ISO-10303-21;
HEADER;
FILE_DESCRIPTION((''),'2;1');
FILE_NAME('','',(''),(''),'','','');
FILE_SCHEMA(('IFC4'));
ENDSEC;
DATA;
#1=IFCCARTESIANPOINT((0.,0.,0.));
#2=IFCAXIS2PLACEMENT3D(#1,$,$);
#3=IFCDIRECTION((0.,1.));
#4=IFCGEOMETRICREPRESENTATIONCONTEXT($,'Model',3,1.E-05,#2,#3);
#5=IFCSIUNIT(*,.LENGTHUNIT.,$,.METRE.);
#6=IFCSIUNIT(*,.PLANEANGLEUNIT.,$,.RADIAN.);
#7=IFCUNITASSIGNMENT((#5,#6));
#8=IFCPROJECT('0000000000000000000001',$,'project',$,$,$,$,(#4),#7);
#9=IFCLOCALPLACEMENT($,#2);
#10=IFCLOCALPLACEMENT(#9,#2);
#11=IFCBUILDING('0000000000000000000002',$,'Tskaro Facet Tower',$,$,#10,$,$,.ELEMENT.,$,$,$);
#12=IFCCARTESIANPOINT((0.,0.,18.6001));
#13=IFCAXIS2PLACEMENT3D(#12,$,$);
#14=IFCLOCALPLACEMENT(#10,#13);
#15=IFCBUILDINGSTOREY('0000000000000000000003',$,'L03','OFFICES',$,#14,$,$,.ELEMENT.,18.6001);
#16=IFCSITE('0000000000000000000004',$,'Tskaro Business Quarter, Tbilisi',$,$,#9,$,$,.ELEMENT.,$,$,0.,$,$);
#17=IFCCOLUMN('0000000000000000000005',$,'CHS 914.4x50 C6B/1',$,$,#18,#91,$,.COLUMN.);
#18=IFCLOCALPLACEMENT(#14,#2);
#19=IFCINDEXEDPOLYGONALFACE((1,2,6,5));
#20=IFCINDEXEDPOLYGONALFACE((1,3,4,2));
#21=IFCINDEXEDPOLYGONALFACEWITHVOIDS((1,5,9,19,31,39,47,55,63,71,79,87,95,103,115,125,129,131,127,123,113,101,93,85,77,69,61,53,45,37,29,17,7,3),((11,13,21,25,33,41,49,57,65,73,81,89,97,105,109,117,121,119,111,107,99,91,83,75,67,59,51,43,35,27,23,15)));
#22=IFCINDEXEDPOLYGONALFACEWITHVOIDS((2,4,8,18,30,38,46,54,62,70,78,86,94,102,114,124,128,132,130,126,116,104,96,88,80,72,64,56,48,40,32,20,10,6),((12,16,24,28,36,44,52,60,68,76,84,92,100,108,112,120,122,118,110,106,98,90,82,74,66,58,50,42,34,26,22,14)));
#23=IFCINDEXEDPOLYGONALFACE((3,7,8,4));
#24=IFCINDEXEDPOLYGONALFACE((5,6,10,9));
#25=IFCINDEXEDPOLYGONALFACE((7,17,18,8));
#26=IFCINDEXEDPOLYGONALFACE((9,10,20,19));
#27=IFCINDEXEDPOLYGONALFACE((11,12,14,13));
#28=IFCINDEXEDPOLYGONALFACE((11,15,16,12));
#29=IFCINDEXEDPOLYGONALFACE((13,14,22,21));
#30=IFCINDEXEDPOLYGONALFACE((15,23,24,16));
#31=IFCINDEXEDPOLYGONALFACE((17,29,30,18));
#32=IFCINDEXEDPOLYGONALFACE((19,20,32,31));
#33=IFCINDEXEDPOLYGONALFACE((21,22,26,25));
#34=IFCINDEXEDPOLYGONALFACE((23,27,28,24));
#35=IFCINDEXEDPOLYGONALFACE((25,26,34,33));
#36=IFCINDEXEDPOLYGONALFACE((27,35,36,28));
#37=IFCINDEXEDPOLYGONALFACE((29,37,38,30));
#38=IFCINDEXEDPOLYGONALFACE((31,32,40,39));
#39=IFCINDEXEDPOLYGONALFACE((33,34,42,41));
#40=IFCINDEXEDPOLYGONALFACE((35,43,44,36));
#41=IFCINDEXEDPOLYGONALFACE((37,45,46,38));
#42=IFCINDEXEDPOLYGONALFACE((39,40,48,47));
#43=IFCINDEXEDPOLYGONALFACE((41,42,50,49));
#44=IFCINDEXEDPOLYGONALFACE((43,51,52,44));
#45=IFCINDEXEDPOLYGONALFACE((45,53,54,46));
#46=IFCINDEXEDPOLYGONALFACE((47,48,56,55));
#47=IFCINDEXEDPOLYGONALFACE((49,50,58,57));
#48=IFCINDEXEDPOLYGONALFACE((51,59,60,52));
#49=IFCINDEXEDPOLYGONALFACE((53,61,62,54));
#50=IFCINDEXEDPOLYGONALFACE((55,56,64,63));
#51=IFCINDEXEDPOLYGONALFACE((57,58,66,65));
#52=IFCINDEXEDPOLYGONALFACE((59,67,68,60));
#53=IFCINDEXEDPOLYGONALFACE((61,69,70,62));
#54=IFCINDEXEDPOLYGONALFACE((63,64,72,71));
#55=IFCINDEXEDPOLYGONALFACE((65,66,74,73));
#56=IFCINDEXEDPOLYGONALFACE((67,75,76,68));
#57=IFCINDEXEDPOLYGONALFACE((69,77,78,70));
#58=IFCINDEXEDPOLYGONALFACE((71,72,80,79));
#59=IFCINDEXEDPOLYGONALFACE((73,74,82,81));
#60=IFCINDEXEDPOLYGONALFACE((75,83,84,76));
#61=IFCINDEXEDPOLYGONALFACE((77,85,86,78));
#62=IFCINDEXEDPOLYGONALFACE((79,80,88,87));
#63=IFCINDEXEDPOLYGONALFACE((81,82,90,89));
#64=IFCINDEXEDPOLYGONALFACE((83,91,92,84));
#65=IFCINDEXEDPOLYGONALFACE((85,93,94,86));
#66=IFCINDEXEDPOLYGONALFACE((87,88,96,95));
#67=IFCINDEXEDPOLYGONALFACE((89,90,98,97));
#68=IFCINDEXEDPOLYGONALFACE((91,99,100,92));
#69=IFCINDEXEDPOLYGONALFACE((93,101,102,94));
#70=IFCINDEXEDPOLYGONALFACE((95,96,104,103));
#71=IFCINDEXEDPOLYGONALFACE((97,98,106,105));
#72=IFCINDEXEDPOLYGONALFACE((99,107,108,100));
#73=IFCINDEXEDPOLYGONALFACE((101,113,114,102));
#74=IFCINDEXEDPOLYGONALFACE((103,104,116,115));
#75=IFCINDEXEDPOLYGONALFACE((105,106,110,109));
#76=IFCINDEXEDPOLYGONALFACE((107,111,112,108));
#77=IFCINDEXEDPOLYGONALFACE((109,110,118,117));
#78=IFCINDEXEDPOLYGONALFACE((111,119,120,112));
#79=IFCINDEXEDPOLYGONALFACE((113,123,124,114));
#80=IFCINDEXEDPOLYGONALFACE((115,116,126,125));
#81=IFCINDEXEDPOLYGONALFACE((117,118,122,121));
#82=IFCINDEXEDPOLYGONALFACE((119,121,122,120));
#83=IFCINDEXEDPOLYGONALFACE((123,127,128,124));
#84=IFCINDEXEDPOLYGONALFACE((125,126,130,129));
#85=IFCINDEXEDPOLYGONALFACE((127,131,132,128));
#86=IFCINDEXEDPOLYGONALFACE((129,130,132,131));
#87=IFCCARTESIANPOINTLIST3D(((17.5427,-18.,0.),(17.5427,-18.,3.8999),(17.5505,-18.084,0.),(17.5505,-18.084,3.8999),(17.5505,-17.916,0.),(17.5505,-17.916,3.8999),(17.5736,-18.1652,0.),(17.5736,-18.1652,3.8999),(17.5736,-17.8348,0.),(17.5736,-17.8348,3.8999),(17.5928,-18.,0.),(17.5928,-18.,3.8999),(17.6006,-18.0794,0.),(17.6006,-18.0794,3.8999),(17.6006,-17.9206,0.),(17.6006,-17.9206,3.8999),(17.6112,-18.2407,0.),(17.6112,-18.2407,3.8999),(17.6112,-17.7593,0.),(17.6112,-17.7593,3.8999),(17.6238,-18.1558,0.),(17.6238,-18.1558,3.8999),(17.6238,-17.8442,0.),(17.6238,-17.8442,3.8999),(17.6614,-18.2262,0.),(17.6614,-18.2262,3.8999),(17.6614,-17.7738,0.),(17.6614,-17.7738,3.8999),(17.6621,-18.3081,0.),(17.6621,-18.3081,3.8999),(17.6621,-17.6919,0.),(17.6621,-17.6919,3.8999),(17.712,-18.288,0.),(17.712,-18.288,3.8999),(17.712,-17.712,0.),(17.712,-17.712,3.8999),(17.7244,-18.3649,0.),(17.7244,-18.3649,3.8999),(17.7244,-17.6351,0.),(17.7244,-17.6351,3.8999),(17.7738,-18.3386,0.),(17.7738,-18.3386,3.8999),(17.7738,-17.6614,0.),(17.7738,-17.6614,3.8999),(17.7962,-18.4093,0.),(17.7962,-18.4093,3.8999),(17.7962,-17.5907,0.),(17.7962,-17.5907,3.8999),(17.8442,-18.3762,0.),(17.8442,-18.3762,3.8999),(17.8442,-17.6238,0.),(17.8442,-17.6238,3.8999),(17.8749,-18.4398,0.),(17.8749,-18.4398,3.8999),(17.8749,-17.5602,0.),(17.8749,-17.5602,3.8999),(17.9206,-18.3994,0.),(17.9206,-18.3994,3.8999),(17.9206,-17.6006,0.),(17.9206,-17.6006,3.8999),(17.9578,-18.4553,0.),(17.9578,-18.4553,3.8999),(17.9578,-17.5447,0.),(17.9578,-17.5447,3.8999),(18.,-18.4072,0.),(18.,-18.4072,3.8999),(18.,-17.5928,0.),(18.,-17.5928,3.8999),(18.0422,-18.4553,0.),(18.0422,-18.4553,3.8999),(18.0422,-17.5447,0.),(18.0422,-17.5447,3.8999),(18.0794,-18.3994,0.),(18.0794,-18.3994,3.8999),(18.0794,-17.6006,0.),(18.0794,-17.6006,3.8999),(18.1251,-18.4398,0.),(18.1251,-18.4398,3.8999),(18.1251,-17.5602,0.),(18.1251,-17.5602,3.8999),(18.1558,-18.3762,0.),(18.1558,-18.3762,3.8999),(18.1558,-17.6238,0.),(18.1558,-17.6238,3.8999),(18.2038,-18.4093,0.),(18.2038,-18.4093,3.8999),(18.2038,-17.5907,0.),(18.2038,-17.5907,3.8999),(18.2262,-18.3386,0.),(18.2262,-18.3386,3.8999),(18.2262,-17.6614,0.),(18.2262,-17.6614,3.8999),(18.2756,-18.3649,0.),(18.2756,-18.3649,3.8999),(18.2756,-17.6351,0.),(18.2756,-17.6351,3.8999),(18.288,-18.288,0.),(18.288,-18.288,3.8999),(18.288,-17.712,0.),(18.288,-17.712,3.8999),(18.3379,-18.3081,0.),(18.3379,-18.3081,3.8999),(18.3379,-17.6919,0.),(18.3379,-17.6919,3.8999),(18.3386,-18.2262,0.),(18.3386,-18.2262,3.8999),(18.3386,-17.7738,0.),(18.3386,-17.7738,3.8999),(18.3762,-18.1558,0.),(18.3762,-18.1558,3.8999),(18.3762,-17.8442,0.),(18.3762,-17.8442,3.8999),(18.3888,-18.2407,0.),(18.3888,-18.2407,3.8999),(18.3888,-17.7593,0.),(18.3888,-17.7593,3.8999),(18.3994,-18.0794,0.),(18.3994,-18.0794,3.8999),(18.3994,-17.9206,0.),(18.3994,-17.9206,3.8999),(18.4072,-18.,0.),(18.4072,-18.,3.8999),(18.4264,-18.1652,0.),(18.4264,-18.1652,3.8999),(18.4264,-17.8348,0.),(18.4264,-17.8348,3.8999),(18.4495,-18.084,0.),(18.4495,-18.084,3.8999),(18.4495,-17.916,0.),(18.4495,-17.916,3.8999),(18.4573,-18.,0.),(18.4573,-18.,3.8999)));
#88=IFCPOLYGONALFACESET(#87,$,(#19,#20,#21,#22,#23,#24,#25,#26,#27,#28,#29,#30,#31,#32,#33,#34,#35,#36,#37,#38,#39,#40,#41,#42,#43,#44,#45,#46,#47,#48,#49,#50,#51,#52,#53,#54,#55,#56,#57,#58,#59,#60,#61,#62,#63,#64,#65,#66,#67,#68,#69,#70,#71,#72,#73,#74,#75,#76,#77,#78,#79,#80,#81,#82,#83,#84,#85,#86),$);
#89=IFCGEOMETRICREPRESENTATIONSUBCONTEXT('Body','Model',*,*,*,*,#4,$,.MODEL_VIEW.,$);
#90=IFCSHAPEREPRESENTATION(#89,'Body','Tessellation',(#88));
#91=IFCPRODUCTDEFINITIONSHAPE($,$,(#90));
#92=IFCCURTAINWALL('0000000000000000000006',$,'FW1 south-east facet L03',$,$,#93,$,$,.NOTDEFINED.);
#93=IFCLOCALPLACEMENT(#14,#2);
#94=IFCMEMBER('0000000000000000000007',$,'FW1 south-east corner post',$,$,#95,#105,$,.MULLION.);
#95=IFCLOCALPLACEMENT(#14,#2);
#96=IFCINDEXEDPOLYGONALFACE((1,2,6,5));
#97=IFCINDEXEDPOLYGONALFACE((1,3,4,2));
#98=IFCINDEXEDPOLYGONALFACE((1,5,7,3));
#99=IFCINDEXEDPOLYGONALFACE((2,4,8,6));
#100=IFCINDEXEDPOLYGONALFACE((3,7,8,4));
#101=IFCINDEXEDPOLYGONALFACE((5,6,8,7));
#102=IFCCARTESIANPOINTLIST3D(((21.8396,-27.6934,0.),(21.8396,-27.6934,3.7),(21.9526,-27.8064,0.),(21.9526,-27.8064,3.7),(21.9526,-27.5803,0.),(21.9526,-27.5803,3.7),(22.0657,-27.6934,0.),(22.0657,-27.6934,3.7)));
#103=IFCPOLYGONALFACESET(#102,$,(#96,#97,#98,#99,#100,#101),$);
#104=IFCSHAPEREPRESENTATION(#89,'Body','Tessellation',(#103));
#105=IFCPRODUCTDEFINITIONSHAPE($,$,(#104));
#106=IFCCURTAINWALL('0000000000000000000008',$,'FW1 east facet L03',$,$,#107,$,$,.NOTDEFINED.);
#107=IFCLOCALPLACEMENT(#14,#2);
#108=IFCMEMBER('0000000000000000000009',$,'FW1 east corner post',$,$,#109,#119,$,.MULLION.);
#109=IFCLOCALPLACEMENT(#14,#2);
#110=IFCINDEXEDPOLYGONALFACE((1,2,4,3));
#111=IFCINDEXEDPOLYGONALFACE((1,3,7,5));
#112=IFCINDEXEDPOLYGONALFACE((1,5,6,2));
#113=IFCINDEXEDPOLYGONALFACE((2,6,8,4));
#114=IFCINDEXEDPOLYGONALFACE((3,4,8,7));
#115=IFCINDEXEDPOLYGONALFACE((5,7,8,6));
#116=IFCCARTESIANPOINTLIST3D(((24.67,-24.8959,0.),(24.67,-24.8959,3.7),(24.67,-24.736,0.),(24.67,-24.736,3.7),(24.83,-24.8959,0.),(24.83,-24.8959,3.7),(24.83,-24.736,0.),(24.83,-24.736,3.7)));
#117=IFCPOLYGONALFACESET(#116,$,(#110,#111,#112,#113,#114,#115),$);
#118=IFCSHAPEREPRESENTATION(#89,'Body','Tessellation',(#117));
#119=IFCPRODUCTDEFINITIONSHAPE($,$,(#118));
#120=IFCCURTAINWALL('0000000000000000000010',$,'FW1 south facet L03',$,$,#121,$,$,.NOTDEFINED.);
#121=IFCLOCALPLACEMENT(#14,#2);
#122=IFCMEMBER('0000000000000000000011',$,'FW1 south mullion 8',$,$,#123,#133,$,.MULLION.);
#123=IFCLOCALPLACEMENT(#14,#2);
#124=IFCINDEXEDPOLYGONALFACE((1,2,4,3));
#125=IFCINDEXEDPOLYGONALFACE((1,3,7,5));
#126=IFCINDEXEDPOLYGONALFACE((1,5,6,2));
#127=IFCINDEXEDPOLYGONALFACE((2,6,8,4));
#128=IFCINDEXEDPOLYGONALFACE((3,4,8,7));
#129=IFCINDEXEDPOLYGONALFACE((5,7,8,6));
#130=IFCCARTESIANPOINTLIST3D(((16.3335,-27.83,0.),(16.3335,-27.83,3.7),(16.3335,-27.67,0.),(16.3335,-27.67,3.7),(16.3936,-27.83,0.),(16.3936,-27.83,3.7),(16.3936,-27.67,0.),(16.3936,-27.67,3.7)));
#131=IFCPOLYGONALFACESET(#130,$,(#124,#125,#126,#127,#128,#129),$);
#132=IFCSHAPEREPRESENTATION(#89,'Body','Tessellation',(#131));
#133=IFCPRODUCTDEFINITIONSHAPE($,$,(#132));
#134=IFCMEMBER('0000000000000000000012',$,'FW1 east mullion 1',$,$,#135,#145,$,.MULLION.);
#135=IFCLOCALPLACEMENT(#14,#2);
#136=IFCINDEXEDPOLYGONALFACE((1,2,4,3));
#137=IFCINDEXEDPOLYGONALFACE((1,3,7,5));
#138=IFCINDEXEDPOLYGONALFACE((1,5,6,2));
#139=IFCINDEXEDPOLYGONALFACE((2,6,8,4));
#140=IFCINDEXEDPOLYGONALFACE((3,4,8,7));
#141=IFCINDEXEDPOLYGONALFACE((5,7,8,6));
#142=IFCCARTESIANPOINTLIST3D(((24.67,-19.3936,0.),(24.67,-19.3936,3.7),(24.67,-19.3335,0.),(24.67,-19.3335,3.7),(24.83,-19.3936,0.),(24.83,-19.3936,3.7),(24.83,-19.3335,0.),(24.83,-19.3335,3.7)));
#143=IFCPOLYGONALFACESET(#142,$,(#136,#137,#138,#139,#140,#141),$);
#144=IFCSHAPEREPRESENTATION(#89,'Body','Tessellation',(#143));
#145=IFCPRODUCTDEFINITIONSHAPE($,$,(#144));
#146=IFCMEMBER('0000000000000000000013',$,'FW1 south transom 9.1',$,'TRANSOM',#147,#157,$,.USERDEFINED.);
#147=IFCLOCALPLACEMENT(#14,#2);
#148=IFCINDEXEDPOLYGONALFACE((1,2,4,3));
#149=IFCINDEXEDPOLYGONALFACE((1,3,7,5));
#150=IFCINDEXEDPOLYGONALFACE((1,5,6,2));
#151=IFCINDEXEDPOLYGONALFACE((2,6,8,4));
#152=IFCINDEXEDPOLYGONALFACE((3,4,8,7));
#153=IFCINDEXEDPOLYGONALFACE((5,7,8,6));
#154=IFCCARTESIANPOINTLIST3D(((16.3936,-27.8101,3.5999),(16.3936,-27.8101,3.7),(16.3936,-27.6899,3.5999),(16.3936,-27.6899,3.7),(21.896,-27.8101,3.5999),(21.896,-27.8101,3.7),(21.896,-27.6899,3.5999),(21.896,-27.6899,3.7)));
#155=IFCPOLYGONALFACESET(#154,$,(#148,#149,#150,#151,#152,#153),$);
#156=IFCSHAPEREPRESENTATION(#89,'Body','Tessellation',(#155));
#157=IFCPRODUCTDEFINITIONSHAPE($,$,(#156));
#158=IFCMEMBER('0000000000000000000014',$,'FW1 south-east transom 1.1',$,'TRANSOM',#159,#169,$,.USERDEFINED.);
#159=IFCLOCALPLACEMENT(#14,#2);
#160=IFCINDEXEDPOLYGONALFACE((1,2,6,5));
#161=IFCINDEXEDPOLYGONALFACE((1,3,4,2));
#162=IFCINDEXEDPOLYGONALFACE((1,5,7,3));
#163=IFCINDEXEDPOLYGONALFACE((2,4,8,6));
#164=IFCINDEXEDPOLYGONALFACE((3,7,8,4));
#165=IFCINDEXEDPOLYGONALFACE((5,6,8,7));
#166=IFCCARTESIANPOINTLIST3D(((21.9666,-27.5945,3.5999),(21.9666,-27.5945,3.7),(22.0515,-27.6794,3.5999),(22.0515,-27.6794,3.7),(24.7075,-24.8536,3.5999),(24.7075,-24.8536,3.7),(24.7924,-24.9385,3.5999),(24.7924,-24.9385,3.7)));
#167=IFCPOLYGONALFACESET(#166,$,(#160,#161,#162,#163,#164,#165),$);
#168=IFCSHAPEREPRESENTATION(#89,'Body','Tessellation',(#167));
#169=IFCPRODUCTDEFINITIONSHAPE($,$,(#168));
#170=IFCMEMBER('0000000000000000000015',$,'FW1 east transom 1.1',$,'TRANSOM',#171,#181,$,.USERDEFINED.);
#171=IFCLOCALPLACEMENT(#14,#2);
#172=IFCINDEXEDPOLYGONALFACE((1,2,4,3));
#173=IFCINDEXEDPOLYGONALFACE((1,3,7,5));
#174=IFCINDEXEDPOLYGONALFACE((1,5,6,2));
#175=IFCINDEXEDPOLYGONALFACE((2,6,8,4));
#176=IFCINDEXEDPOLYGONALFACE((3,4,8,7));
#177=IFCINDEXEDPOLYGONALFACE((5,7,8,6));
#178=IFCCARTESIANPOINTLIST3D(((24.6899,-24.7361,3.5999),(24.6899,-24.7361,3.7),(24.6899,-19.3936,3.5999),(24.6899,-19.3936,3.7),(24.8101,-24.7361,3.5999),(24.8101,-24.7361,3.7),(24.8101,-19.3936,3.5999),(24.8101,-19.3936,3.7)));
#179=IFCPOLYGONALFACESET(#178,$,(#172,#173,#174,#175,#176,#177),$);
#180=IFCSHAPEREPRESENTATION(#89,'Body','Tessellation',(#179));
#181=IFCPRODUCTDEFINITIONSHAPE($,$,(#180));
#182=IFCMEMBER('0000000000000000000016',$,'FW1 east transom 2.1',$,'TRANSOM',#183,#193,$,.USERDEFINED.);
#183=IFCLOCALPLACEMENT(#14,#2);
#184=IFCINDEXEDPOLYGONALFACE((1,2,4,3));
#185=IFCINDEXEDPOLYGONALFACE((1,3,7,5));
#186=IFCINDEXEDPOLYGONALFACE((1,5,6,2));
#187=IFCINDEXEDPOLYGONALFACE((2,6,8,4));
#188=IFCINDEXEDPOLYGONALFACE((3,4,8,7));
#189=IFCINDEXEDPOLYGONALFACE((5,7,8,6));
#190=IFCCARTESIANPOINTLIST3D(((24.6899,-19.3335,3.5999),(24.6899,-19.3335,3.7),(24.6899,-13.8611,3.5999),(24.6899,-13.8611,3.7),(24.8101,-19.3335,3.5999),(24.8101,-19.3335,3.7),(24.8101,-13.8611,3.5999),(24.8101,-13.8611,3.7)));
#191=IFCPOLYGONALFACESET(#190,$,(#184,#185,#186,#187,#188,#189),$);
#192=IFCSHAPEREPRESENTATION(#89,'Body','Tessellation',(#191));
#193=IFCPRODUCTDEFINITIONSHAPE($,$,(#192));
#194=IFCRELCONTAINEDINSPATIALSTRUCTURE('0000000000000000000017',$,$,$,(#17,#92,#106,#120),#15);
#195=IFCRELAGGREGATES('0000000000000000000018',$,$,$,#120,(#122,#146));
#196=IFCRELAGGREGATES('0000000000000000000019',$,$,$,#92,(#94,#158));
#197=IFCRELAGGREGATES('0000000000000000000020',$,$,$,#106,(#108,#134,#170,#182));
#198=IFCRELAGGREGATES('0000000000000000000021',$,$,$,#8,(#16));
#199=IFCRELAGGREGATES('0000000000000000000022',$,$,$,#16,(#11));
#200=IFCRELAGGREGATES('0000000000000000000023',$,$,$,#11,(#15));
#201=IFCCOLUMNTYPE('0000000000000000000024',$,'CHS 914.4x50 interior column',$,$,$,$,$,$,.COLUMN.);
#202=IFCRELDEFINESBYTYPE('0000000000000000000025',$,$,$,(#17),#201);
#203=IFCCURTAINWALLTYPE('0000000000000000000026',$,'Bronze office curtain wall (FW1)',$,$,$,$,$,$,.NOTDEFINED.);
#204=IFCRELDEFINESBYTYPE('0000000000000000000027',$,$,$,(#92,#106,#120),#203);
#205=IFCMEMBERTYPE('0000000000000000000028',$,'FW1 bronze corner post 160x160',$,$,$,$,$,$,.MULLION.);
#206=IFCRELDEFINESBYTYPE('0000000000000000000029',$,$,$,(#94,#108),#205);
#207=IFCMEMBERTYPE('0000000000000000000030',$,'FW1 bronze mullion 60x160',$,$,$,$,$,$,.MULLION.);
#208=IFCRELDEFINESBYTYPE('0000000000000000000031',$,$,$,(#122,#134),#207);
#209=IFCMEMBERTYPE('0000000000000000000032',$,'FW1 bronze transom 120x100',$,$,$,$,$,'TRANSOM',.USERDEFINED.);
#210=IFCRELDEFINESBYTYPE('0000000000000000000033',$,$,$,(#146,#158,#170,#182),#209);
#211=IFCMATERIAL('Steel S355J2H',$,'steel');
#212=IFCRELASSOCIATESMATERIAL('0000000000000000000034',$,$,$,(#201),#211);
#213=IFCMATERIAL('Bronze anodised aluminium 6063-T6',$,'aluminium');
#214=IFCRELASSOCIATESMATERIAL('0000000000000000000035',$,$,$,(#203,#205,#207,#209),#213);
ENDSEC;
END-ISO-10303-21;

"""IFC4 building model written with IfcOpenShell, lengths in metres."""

from ifc_helpers import new_model, si_unit, direction, frame, origin, origin_2d, place, context, subcontext, project, spatial, rectangle, hollow_circle, extrude, material, material_profile, profile_set, type_object, element, aggregate, save


model = new_model("IFC4")

# Units and contexts
model_context = context("Model", 3, precision=1e-05, world=origin(), true_north=direction((0.0, 1.0)))
body_context = subcontext(model_context, "Body", "Model", "MODEL_VIEW")
ifc_project = project(units=[si_unit("LENGTHUNIT", "METRE"), si_unit("PLANEANGLEUNIT", "RADIAN")], contexts=[model_context])

# Site, building, storey
site_placement = place(None, origin())
site = spatial("IfcSite", under=ifc_project, at=site_placement, Name="Tskaro Business Quarter, Tbilisi", CompositionType="ELEMENT", RefElevation=0.0)
building_placement = place(site_placement, origin())
building = spatial("IfcBuilding", under=site, at=building_placement, Name="Tskaro Facet Tower", CompositionType="ELEMENT")
storey_placement = place(building_placement, frame((0.0, 0.0, 18.6001)))
storey = spatial("IfcBuildingStorey", under=building, at=storey_placement, Name="L03", Description="OFFICES", CompositionType="ELEMENT", Elevation=18.6001)

# Column
ifc_material_1 = material(Name="Steel S355J2H", Category="steel")
ifc_material_profile_1 = material_profile(ifc_material_1, hollow_circle(Radius=0.4573, WallThickness=0.05, at=origin_2d()), Name="CHS 914.4x50")
ifc_profile_set_1 = profile_set([ifc_material_profile_1], Name="Steel S355J2H")
column_type_1 = type_object("IfcColumnType", Name="CHS 914.4x50 interior column", PredefinedType="COLUMN", material=ifc_profile_set_1)
column_placement = place(storey_placement, frame((18.0, -18.0, 0.0), z_axis=(0.0, 0.0, 1.0), x_axis=(1.0, 0.0, 0.0)))
element("IfcColumn", 1, at=column_placement, inside=storey, type_object=column_type_1, Name="CHS 914.4x50 C6B/1", PredefinedType="COLUMN", context=body_context, shape_type="SweptSolid", body=[
    extrude(hollow_circle(Radius=0.4573, WallThickness=0.05, at=origin_2d()), origin(), (0.0, 0.0, 1.0), 3.8999),
])

# Curtain walls, members
ifc_material_2 = material(Name="Bronze anodised aluminium 6063-T6", Category="aluminium")
curtain_wall_type = type_object("IfcCurtainWallType", Name="Bronze office curtain wall (FW1)", PredefinedType="NOTDEFINED", material=ifc_material_2)
curtain_wall_1_placement = place(storey_placement, origin())
curtain_wall_1 = element("IfcCurtainWall", 2, at=curtain_wall_1_placement, inside=storey, type_object=curtain_wall_type, Name="FW1 south-east facet L03", PredefinedType="NOTDEFINED")
ifc_material_profile_2 = material_profile(ifc_material_2, rectangle(XDim=0.1599, YDim=0.1599, at=origin_2d()), Name="Corner post 160x160")
ifc_profile_set_2 = profile_set([ifc_material_profile_2], Name="Bronze anodised aluminium 6063-T6")
member_type_1 = type_object("IfcMemberType", Name="FW1 bronze corner post 160x160", PredefinedType="MULLION", material=ifc_profile_set_2)
member_1_placement = place(storey_placement, frame((21.9526, -27.6934, 0.0), z_axis=(0.0, 0.0, 1.0), x_axis=(0.707107, 0.707107, 0.0)))
member_1 = element("IfcMember", 3, at=member_1_placement, type_object=member_type_1, Name="FW1 south-east corner post", PredefinedType="MULLION", context=body_context, shape_type="SweptSolid", body=[
    extrude(rectangle(XDim=0.1599, YDim=0.1599, at=origin_2d()), origin(), (0.0, 0.0, 1.0), 3.7),
])
curtain_wall_2_placement = place(storey_placement, origin())
curtain_wall_2 = element("IfcCurtainWall", 4, at=curtain_wall_2_placement, inside=storey, type_object=curtain_wall_type, Name="FW1 east facet L03", PredefinedType="NOTDEFINED")
member_2_placement = place(storey_placement, frame((24.75, -24.8159, 0.0), z_axis=(0.0, 0.0, 1.0), x_axis=(0.0, 1.0, 0.0)))
member_2 = element("IfcMember", 5, at=member_2_placement, type_object=member_type_1, Name="FW1 east corner post", PredefinedType="MULLION", context=body_context, shape_type="SweptSolid", body=[
    extrude(rectangle(XDim=0.1599, YDim=0.1599, at=origin_2d()), origin(), (0.0, 0.0, 1.0), 3.7),
])
curtain_wall_3_placement = place(storey_placement, origin())
curtain_wall_3 = element("IfcCurtainWall", 6, at=curtain_wall_3_placement, inside=storey, type_object=curtain_wall_type, Name="FW1 south facet L03", PredefinedType="NOTDEFINED")
ifc_material_profile_3 = material_profile(ifc_material_2, rectangle(XDim=0.0601, YDim=0.1599, at=origin_2d()), Name="Mullion 60x160")
ifc_profile_set_3 = profile_set([ifc_material_profile_3], Name="Bronze anodised aluminium 6063-T6")
member_type_2 = type_object("IfcMemberType", Name="FW1 bronze mullion 60x160", PredefinedType="MULLION", material=ifc_profile_set_3)
member_3_placement = place(storey_placement, frame((16.3635, -27.75, 0.0), z_axis=(0.0, 0.0, 1.0), x_axis=(1.0, 0.0, 0.0)))
member_3 = element("IfcMember", 7, at=member_3_placement, type_object=member_type_2, Name="FW1 south mullion 8", PredefinedType="MULLION", context=body_context, shape_type="SweptSolid", body=[
    extrude(rectangle(XDim=0.0601, YDim=0.1599, at=origin_2d()), origin(), (0.0, 0.0, 1.0), 3.7),
])

# Members
member_4_placement = place(storey_placement, frame((24.75, -19.3635, 0.0), z_axis=(0.0, 0.0, 1.0), x_axis=(0.0, 1.0, 0.0)))
member_4 = element("IfcMember", 8, at=member_4_placement, type_object=member_type_2, Name="FW1 east mullion 1", PredefinedType="MULLION", context=body_context, shape_type="SweptSolid", body=[
    extrude(rectangle(XDim=0.0601, YDim=0.1599, at=origin_2d()), origin(), (0.0, 0.0, 1.0), 3.7),
])
ifc_material_profile_4 = material_profile(ifc_material_2, rectangle(XDim=0.1201, YDim=0.1001, at=origin_2d()), Name="Transom 120x100")
ifc_profile_set_4 = profile_set([ifc_material_profile_4], Name="Bronze anodised aluminium 6063-T6")
member_type_3 = type_object("IfcMemberType", Name="FW1 bronze transom 120x100", ElementType="TRANSOM", PredefinedType="USERDEFINED", material=ifc_profile_set_4)
member_5_placement = place(storey_placement, frame((16.3936, -27.75, 3.6499), z_axis=(1.0, 0.0, 0.0), x_axis=(0.0, 1.0, 0.0)))
member_5 = element("IfcMember", 9, at=member_5_placement, type_object=member_type_3, Name="FW1 south transom 9.1", ObjectType="TRANSOM", PredefinedType="USERDEFINED", context=body_context, shape_type="SweptSolid", body=[
    extrude(rectangle(XDim=0.1201, YDim=0.1001, at=origin_2d()), origin(), (0.0, 0.0, 1.0), 5.5024),
])
member_6_placement = place(storey_placement, frame((22.009, -27.637, 3.6499), z_axis=(0.707107, 0.707107, 0.0), x_axis=(-0.707107, 0.707107, 0.0)))
member_6 = element("IfcMember", 10, at=member_6_placement, type_object=member_type_3, Name="FW1 south-east transom 1.1", ObjectType="TRANSOM", PredefinedType="USERDEFINED", context=body_context, shape_type="SweptSolid", body=[
    extrude(rectangle(XDim=0.1201, YDim=0.1001, at=origin_2d()), origin(), (0.0, 0.0, 1.0), 3.8762),
])
member_7_placement = place(storey_placement, frame((24.75, -24.7361, 3.6499), z_axis=(0.0, 1.0, 0.0), x_axis=(-1.0, 0.0, 0.0)))
member_7 = element("IfcMember", 11, at=member_7_placement, type_object=member_type_3, Name="FW1 east transom 1.1", ObjectType="TRANSOM", PredefinedType="USERDEFINED", context=body_context, shape_type="SweptSolid", body=[
    extrude(rectangle(XDim=0.1201, YDim=0.1001, at=origin_2d()), origin(), (0.0, 0.0, 1.0), 5.3425),
])
member_8_placement = place(storey_placement, frame((24.75, -19.3335, 3.6499), z_axis=(0.0, 1.0, 0.0), x_axis=(-1.0, 0.0, 0.0)))
member_8 = element("IfcMember", 12, at=member_8_placement, type_object=member_type_3, Name="FW1 east transom 2.1", ObjectType="TRANSOM", PredefinedType="USERDEFINED", context=body_context, shape_type="SweptSolid", body=[
    extrude(rectangle(XDim=0.1201, YDim=0.1001, at=origin_2d()), origin(), (0.0, 0.0, 1.0), 5.4724),
])

aggregate(curtain_wall_3, [member_3, member_5])
aggregate(curtain_wall_1, [member_1, member_6])
aggregate(curtain_wall_2, [member_2, member_4, member_7, member_8])

save(model, "model.ifc")
